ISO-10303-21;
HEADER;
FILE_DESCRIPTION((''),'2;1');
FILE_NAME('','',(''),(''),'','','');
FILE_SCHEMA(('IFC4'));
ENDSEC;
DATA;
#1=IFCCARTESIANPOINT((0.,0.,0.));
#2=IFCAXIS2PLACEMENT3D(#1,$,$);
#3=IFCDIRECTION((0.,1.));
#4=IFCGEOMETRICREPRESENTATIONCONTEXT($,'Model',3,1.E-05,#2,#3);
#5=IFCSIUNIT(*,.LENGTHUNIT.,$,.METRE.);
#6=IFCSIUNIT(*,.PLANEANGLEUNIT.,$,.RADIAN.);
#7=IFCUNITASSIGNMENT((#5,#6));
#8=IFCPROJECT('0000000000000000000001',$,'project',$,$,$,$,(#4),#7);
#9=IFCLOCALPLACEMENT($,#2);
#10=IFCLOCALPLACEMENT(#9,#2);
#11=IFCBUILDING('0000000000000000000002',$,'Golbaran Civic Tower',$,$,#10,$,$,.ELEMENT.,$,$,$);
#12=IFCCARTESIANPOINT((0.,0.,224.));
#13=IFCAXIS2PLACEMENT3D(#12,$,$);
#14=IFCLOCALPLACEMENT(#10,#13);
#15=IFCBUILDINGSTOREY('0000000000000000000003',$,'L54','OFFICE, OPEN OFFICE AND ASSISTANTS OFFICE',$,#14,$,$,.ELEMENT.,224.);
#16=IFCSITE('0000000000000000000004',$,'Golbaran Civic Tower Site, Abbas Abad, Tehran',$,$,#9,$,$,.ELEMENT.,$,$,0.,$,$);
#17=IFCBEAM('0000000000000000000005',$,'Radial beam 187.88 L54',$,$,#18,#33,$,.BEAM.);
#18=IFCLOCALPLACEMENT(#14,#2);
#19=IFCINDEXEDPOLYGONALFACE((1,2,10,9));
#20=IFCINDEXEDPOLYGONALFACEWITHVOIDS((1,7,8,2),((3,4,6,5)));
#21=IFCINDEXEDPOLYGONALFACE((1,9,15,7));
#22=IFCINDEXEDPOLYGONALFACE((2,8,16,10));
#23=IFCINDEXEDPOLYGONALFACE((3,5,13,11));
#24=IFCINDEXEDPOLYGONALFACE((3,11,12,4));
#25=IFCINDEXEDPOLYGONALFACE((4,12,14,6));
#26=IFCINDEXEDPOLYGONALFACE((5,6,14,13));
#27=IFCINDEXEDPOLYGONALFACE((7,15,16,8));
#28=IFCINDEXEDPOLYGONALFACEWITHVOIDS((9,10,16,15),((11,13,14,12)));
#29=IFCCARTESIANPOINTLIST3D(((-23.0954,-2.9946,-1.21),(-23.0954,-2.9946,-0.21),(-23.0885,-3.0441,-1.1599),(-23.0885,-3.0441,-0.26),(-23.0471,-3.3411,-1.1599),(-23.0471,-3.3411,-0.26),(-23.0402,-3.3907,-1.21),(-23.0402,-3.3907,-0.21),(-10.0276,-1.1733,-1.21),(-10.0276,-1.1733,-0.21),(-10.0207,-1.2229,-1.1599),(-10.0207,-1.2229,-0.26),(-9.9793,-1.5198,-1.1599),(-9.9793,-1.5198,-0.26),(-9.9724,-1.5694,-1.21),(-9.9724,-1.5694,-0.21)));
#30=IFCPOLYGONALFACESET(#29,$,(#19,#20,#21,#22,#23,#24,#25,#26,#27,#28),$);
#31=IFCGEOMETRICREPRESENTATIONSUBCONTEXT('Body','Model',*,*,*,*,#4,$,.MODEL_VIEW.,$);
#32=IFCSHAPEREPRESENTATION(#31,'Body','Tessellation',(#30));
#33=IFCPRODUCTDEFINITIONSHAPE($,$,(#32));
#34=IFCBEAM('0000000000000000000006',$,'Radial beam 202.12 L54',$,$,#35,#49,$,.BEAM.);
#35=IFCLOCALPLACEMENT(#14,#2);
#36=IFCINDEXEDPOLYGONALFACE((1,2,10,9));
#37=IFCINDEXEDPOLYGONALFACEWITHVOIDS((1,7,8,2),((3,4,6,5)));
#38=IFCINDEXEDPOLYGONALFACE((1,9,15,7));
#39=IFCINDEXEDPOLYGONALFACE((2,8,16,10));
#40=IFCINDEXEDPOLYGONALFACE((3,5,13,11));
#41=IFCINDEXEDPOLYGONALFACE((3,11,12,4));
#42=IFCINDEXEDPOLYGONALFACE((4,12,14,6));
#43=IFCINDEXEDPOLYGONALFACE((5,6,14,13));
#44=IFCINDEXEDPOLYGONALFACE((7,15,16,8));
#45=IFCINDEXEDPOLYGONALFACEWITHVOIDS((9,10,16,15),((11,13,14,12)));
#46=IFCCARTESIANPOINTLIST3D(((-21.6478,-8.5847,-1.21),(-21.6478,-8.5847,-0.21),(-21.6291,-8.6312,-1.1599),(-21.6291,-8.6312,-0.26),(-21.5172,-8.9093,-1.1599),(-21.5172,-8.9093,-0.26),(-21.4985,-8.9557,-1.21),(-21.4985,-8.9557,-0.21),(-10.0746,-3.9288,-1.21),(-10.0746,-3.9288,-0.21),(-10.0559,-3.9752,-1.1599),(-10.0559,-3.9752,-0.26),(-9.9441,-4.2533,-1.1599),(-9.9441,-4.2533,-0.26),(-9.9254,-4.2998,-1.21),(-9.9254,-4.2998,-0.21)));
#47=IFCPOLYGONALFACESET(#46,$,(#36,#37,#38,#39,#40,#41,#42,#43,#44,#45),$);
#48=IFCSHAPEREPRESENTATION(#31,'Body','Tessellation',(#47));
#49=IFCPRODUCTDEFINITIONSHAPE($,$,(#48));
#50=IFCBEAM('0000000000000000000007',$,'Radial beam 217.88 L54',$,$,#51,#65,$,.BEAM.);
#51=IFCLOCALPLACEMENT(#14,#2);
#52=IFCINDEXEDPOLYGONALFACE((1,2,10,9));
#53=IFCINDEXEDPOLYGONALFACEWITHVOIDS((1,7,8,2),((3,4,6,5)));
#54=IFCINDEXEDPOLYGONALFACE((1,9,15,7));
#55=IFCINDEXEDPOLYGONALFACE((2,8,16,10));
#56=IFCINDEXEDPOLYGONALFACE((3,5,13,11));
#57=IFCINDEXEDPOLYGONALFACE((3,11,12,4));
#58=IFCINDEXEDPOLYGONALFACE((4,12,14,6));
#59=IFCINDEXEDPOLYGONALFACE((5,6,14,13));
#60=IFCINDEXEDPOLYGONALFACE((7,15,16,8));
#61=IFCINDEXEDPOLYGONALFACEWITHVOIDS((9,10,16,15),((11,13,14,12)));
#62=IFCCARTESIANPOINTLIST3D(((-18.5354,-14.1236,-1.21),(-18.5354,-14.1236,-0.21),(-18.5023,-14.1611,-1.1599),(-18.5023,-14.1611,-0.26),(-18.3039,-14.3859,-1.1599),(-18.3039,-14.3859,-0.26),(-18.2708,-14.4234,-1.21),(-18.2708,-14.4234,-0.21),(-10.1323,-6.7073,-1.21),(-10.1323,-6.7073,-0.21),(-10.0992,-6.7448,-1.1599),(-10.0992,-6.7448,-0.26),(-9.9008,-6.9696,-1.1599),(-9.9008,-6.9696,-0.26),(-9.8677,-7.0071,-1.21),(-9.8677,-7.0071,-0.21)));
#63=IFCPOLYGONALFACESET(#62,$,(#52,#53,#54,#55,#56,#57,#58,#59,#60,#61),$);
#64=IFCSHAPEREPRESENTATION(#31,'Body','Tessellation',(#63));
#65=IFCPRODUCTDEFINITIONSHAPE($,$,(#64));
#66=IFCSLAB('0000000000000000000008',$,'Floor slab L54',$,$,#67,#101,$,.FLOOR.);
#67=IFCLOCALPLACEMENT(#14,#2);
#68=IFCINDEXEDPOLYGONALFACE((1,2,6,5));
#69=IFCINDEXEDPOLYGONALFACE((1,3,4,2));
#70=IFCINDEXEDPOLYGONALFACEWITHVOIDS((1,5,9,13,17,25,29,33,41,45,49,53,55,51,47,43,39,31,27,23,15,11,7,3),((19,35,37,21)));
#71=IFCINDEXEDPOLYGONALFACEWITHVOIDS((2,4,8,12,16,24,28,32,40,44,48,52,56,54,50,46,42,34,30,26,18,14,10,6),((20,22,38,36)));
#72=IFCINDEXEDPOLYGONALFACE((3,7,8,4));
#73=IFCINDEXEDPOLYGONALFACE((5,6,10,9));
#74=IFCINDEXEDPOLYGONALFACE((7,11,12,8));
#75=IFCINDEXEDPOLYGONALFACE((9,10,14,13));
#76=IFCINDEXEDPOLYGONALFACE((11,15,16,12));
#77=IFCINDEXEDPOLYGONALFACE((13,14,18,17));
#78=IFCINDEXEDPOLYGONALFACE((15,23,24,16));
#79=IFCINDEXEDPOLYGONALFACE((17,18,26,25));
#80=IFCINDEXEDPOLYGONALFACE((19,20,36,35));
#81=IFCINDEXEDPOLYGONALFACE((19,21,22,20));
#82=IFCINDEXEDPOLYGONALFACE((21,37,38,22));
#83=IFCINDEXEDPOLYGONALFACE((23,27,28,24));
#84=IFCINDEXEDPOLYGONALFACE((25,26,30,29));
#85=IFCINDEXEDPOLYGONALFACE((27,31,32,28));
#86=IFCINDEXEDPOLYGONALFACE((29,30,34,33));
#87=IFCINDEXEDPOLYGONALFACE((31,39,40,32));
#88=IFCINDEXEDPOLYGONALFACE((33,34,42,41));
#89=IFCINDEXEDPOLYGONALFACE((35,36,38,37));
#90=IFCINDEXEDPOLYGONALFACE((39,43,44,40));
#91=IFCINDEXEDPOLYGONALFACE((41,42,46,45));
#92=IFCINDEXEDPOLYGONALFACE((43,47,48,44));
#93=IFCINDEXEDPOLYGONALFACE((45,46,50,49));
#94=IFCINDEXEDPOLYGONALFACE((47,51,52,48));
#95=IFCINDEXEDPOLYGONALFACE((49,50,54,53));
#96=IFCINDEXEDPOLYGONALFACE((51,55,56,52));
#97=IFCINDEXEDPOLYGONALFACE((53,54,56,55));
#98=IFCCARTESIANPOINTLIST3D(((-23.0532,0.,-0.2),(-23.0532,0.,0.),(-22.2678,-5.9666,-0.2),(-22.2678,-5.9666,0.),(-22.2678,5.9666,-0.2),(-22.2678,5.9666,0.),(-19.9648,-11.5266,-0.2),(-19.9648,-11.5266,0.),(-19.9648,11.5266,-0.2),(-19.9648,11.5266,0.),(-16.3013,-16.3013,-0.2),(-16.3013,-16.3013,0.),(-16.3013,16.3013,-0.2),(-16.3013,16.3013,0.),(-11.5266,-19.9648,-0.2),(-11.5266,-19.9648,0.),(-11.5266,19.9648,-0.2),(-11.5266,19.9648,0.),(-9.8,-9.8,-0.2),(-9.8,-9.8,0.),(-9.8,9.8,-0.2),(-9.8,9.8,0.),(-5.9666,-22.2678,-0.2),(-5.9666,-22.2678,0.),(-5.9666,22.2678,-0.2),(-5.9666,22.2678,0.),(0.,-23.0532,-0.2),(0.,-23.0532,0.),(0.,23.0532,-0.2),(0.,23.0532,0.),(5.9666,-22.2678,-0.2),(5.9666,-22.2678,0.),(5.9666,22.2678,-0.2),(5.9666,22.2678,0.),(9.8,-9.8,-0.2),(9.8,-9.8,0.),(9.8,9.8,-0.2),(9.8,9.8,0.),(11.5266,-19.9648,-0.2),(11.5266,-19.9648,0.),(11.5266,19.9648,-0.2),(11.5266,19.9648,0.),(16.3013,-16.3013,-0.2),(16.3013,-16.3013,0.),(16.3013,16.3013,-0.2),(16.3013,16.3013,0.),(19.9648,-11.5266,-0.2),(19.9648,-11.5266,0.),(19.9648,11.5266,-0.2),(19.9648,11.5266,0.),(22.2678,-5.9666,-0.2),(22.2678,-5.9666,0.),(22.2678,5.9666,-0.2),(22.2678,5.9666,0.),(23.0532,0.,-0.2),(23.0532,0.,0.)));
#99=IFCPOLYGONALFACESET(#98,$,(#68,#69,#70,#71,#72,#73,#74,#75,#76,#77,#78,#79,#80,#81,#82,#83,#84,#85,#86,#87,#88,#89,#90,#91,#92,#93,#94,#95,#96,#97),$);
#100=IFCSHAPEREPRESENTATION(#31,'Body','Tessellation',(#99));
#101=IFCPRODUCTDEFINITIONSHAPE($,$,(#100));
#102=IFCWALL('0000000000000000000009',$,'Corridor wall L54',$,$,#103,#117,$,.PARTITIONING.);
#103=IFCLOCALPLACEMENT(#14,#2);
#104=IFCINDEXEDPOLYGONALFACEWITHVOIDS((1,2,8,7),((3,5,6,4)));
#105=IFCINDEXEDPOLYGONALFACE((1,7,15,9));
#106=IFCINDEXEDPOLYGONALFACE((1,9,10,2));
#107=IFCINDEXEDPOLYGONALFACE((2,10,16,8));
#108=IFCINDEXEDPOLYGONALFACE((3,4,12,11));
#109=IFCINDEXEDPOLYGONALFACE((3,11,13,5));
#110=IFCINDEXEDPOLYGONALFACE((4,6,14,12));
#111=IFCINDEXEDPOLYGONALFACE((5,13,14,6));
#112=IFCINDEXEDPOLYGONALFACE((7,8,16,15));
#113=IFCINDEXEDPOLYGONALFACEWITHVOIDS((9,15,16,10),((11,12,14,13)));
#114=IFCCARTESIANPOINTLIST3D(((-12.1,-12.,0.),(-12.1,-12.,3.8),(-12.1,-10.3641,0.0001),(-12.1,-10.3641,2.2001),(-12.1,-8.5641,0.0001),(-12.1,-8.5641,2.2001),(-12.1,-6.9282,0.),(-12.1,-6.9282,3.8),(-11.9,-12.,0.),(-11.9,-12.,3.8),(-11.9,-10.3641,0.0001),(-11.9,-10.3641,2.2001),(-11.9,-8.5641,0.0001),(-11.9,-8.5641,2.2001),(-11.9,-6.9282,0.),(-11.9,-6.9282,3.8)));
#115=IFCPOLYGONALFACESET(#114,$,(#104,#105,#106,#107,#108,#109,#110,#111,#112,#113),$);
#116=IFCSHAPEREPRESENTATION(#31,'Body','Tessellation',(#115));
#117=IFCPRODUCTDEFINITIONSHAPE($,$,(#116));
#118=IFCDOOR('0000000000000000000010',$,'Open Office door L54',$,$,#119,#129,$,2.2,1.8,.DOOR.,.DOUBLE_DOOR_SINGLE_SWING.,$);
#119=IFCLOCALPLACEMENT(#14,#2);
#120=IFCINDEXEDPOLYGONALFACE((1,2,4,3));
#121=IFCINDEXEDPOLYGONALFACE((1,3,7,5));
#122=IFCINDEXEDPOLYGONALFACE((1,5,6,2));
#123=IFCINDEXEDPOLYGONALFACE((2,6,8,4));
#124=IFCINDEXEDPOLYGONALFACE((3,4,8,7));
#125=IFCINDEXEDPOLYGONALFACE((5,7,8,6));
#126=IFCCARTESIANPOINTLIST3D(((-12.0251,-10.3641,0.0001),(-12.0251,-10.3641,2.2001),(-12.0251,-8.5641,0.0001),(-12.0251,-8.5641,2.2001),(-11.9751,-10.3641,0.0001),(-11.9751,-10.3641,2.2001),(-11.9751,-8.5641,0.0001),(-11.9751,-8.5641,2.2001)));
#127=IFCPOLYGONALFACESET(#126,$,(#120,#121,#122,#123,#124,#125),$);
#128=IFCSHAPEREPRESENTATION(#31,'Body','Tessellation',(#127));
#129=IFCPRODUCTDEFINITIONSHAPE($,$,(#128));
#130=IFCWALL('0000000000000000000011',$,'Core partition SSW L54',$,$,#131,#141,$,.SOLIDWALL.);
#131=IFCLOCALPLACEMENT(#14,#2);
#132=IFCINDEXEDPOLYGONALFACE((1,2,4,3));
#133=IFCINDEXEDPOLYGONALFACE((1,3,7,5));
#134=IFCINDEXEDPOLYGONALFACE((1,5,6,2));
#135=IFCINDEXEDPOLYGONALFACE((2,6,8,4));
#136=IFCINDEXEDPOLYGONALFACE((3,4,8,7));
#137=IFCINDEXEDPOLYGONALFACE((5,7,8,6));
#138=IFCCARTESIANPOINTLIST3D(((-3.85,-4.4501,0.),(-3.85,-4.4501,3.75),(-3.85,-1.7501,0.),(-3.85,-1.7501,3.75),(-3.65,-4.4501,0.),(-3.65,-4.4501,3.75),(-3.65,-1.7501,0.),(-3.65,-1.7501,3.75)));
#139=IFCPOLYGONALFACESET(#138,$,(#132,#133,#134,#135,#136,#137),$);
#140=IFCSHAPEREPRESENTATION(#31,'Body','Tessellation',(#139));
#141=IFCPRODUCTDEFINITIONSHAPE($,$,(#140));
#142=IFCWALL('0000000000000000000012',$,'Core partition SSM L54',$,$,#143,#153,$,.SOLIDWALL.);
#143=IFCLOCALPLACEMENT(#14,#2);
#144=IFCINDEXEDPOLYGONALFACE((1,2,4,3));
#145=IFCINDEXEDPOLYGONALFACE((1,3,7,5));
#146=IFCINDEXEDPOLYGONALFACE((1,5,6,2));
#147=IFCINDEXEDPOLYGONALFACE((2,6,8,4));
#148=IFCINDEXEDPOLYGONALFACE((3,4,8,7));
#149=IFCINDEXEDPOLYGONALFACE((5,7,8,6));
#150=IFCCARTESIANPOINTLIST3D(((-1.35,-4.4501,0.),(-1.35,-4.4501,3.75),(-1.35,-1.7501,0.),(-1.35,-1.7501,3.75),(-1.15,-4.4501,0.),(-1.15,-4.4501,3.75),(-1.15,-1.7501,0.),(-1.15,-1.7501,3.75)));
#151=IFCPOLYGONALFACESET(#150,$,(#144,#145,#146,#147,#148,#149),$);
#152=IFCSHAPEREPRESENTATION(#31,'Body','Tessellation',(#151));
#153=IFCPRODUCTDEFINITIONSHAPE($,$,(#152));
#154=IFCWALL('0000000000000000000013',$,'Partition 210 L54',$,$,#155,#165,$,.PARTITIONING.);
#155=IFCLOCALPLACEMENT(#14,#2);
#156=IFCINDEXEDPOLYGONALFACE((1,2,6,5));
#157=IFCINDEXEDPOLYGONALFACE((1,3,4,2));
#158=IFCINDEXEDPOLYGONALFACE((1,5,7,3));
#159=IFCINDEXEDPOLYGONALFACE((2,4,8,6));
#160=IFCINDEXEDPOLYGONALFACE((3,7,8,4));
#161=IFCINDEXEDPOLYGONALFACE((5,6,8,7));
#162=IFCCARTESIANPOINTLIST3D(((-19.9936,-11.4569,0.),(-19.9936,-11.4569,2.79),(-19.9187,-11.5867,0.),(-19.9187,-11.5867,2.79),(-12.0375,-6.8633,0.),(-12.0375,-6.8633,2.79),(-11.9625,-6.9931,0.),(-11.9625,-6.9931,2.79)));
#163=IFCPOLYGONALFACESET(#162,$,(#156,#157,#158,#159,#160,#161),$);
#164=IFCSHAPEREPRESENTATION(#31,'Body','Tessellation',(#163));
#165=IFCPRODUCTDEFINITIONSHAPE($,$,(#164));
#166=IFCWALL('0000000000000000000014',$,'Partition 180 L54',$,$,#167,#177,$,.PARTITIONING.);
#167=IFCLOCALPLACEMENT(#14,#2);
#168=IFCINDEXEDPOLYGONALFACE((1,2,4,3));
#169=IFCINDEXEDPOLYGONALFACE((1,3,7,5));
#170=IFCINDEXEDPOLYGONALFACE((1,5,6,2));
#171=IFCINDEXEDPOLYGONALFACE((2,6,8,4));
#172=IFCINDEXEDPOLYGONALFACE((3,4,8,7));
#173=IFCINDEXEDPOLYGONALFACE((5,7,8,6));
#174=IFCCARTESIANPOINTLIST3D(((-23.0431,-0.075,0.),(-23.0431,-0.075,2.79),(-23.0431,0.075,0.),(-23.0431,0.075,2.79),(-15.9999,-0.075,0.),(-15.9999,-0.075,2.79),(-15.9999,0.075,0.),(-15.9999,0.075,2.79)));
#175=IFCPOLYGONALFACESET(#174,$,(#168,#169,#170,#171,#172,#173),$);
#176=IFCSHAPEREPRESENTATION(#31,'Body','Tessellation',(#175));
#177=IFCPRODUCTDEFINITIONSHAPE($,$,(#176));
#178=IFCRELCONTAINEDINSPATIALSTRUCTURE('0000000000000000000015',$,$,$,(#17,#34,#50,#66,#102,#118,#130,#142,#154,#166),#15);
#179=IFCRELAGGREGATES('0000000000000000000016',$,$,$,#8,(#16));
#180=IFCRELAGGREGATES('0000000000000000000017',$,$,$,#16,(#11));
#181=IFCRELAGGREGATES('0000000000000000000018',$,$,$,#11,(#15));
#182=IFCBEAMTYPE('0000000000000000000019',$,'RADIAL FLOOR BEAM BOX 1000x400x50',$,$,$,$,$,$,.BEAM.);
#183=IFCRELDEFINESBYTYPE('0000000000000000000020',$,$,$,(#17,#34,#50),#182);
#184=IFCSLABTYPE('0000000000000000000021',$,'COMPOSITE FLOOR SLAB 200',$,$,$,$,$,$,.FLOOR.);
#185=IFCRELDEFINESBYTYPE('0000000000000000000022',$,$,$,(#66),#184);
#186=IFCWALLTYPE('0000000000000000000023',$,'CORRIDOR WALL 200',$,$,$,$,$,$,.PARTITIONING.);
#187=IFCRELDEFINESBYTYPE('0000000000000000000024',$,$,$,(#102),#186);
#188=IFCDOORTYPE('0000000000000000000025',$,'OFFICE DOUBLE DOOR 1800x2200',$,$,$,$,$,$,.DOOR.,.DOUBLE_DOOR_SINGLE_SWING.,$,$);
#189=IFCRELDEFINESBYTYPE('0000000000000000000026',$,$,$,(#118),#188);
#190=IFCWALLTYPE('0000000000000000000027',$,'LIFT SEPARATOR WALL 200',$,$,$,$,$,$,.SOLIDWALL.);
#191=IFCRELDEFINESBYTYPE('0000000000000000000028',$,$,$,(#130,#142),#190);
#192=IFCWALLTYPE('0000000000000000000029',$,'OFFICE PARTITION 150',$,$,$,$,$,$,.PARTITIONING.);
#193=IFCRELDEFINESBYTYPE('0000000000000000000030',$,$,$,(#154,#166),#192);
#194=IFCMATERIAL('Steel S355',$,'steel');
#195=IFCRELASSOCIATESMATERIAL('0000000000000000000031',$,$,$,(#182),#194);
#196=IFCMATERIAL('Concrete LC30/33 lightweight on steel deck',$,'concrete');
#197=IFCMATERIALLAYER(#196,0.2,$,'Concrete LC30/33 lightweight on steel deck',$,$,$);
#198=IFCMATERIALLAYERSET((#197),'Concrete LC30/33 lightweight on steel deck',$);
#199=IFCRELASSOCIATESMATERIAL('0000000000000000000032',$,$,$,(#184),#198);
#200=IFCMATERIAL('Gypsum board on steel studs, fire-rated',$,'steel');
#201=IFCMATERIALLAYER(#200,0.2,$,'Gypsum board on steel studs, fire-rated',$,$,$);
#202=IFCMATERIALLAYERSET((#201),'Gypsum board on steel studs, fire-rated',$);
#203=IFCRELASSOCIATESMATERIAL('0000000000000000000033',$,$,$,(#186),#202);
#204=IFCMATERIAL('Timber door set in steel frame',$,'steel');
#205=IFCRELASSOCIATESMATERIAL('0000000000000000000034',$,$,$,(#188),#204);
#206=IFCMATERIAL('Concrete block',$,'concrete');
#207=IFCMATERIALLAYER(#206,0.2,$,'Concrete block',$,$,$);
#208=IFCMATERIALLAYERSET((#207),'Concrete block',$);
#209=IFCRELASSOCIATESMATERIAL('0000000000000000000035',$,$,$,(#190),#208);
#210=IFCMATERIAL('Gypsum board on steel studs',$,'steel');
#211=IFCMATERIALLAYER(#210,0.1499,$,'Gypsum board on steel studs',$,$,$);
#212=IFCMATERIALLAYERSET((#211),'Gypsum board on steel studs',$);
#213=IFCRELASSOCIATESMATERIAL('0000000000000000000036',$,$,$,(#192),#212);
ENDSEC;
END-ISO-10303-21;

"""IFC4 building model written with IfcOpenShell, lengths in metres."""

from ifc_helpers import new_model, si_unit, direction, frame, frame_2d, origin, origin_2d, place, context, subcontext, project, spatial, polyline, rectangle, hollow_rectangle, outline, extrude, material, layer, layer_set, material_profile, profile_set, type_object, element, fill, save


model = new_model("IFC4")

# Units and contexts
model_context = context("Model", 3, precision=1e-05, world=origin(), true_north=direction((0.0, 1.0)))
body_context = subcontext(model_context, "Body", "Model", "MODEL_VIEW")
ifc_project = project(units=[si_unit("LENGTHUNIT", "METRE"), si_unit("PLANEANGLEUNIT", "RADIAN")], contexts=[model_context])

# Site, building, storey
site_placement = place(None, origin())
site = spatial("IfcSite", under=ifc_project, at=site_placement, Name="Golbaran Civic Tower Site, Abbas Abad, Tehran", CompositionType="ELEMENT", RefElevation=0.0)
building_placement = place(site_placement, origin())
building = spatial("IfcBuilding", under=site, at=building_placement, Name="Golbaran Civic Tower", CompositionType="ELEMENT")
storey_placement = place(building_placement, frame((0.0, 0.0, 224.0)))
storey = spatial("IfcBuildingStorey", under=building, at=storey_placement, Name="L54", Description="OFFICE, OPEN OFFICE AND ASSISTANTS OFFICE", CompositionType="ELEMENT", Elevation=224.0)

# Beams
ifc_material_1 = material(Name="Steel S355", Category="steel")
ifc_material_profile_1 = material_profile(ifc_material_1, hollow_rectangle(XDim=0.3999, YDim=1.0, WallThickness=0.05, at=origin_2d()), Name="BOX 1000x400x50")
ifc_profile_set_1 = profile_set([ifc_material_profile_1], Name="Steel S355")
beam_type_1 = type_object("IfcBeamType", Name="RADIAL FLOOR BEAM BOX 1000x400x50", PredefinedType="BEAM", material=ifc_profile_set_1)
beam_1_placement = place(storey_placement, frame((-10.0, -1.3713, -0.71), z_axis=(-0.990427, -0.138037, 0.0), x_axis=(0.138037, -0.990427, 0.0)))
element("IfcBeam", 1, at=beam_1_placement, inside=storey, type_object=beam_type_1, Name="Radial beam 187.88 L54", PredefinedType="BEAM", context=body_context, shape_type="SweptSolid", body=[
    extrude(hollow_rectangle(XDim=0.3999, YDim=1.0, WallThickness=0.05, at=origin_2d()), origin(), (0.0, 0.0, 1.0), 13.1941),
])
beam_2_placement = place(storey_placement, frame((-10.0, -4.1143, -0.71), z_axis=(-0.927737, -0.373236, 0.0), x_axis=(0.373236, -0.927737, 0.0)))
element("IfcBeam", 2, at=beam_2_placement, inside=storey, type_object=beam_type_1, Name="Radial beam 202.12 L54", PredefinedType="BEAM", context=body_context, shape_type="SweptSolid", body=[
    extrude(hollow_rectangle(XDim=0.3999, YDim=1.0, WallThickness=0.05, at=origin_2d()), origin(), (0.0, 0.0, 1.0), 12.4746),
])
beam_3_placement = place(storey_placement, frame((-10.0, -6.8572, -0.71), z_axis=(-0.749759, -0.661711, 0.0), x_axis=(0.661711, -0.749759, 0.0)))
element("IfcBeam", 3, at=beam_3_placement, inside=storey, type_object=beam_type_1, Name="Radial beam 217.88 L54", PredefinedType="BEAM", context=body_context, shape_type="SweptSolid", body=[
    extrude(hollow_rectangle(XDim=0.3999, YDim=1.0, WallThickness=0.05, at=origin_2d()), origin(), (0.0, 0.0, 1.0), 11.2078),
])

# Slab
ifc_material_2 = material(Name="Concrete LC30/33 lightweight on steel deck", Category="concrete")
ifc_layer_1 = layer(ifc_material_2, 0.2, Name="Concrete LC30/33 lightweight on steel deck")
ifc_layer_set_1 = layer_set([ifc_layer_1], Name="Concrete LC30/33 lightweight on steel deck")
slab_type = type_object("IfcSlabType", Name="COMPOSITE FLOOR SLAB 200", PredefinedType="FLOOR", material=ifc_layer_set_1)
slab_placement = place(storey_placement, frame((0.0, 0.0, -0.2)))
element("IfcSlab", 4, at=slab_placement, inside=storey, type_object=slab_type, Name="Floor slab L54", PredefinedType="FLOOR", context=body_context, shape_type="SweptSolid", body=[
    extrude(outline(polyline([(19.9648, -11.5266), (16.3013, -16.3013), (11.5266, -19.9648), (5.9666, -22.2678), (0.0, -23.0532), (-5.9666, -22.2678), (-11.5266, -19.9648), (-16.3013, -16.3013), (-19.9648, -11.5266), (-22.2678, -5.9666), (-23.0532, 0.0), (-22.2678, 5.9666), (-19.9648, 11.5266), (-16.3013, 16.3013), (-11.5266, 19.9648), (-5.9666, 22.2678), (0.0, 23.0532), (5.9666, 22.2678), (11.5266, 19.9648), (16.3013, 16.3013), (19.9648, 11.5266), (22.2678, 5.9666), (23.0532, 0.0), (22.2678, -5.9666), (19.9648, -11.5266)]), holes=[polyline([(-9.8, 9.8), (-9.8, -9.8), (9.8, -9.8), (9.8, 9.8), (-9.8, 9.8)])]), origin(), (0.0, 0.0, 1.0), 0.2),
])

# Wall, opening, door
ifc_material_3 = material(Name="Gypsum board on steel studs, fire-rated", Category="steel")
ifc_layer_2 = layer(ifc_material_3, 0.2, Name="Gypsum board on steel studs, fire-rated")
ifc_layer_set_2 = layer_set([ifc_layer_2], Name="Gypsum board on steel studs, fire-rated")
wall_type_1 = type_object("IfcWallType", Name="CORRIDOR WALL 200", PredefinedType="PARTITIONING", material=ifc_layer_set_2)
wall_1_placement = place(storey_placement, frame((-12.0, -6.9282, 0.0), z_axis=(0.0, 0.0, 1.0), x_axis=(0.0, -1.0, 0.0)))
wall_1 = element("IfcWall", 5, at=wall_1_placement, inside=storey, type_object=wall_type_1, Name="Corridor wall L54", PredefinedType="PARTITIONING", context=body_context, shape_type="SweptSolid", body=[
    extrude(rectangle(XDim=5.0718, YDim=0.2, at=frame_2d((2.5359, 0.0))), origin(), (0.0, 0.0, 1.0), 3.8),
])
opening_1_placement = place(wall_1_placement, frame((1.636, 0.0, 0.0)))
opening_1 = element("IfcOpeningElement", 6, at=opening_1_placement, cuts=wall_1, PredefinedType="OPENING", context=body_context, shape_type="SweptSolid", body=[
    extrude(rectangle(XDim=1.8, YDim=2.2, at=frame_2d((0.8999, 1.1001))), frame((0.0, 0.1099, 0.0), z_axis=(0.0, -1.0, 0.0), x_axis=(1.0, 0.0, 0.0)), (0.0, 0.0, 1.0), 0.22),
])
ifc_material_4 = material(Name="Timber door set in steel frame", Category="steel")
door_type_1 = type_object("IfcDoorType", Name="OFFICE DOUBLE DOOR 1800x2200", OperationType="DOUBLE_DOOR_SINGLE_SWING", PredefinedType="DOOR", material=ifc_material_4)
door_1_placement = place(opening_1_placement, origin())
door_1 = element("IfcDoor", 7, at=door_1_placement, inside=storey, type_object=door_type_1, Name="Open Office door L54", OperationType="DOUBLE_DOOR_SINGLE_SWING", OverallHeight=2.2, OverallWidth=1.8, PredefinedType="DOOR", context=body_context, shape_type="SweptSolid", body=[
    extrude(rectangle(XDim=1.8, YDim=2.2, at=frame_2d((0.8999, 1.1001))), frame((0.0, 0.0249, 0.0), z_axis=(0.0, -1.0, 0.0), x_axis=(1.0, 0.0, 0.0)), (0.0, 0.0, 1.0), 0.05),
])
fill(opening_1, door_1)

# Walls
ifc_material_5 = material(Name="Concrete block", Category="concrete")
ifc_layer_3 = layer(ifc_material_5, 0.2, Name="Concrete block")
ifc_layer_set_3 = layer_set([ifc_layer_3], Name="Concrete block")
wall_type_2 = type_object("IfcWallType", Name="LIFT SEPARATOR WALL 200", PredefinedType="SOLIDWALL", material=ifc_layer_set_3)
for number, where, z_axis, x_axis, name in (
    (8, (-3.75, -1.75, 0.0), (0.0, 0.0, 1.0), (0.0, -1.0, 0.0), "Core partition SSW L54"),
    (9, (-1.25, -1.75, 0.0), (0.0, 0.0, 1.0), (0.0, -1.0, 0.0), "Core partition SSM L54"),
):
    element("IfcWall", number, at=place(storey_placement, frame(where, z_axis=z_axis, x_axis=x_axis)), inside=storey, type_object=wall_type_2, Name=name, PredefinedType="SOLIDWALL", context=body_context, shape_type="SweptSolid", body=[
        extrude(rectangle(XDim=2.7, YDim=0.2, at=frame_2d((1.3501, 0.0))), origin(), (0.0, 0.0, 1.0), 3.75),
    ])
ifc_material_6 = material(Name="Gypsum board on steel studs", Category="steel")
ifc_layer_4 = layer(ifc_material_6, 0.1499, Name="Gypsum board on steel studs")
ifc_layer_set_4 = layer_set([ifc_layer_4], Name="Gypsum board on steel studs")
wall_type_3 = type_object("IfcWallType", Name="OFFICE PARTITION 150", PredefinedType="PARTITIONING", material=ifc_layer_set_4)
wall_2_placement = place(storey_placement, frame((-12.0, -6.9282, 0.0), z_axis=(0.0, 0.0, 1.0), x_axis=(-0.866022, -0.500006, 0.0)))
element("IfcWall", 10, at=wall_2_placement, inside=storey, type_object=wall_type_3, Name="Partition 210 L54", PredefinedType="PARTITIONING", context=body_context, shape_type="SweptSolid", body=[
    extrude(rectangle(XDim=9.187, YDim=0.1499, at=frame_2d((4.5935, 0.0))), origin(), (0.0, 0.0, 1.0), 2.79),
])
wall_3_placement = place(storey_placement, frame((-16.0, 0.0, 0.0), z_axis=(0.0, 0.0, 1.0), x_axis=(-1.0, 0.0, 0.0)))
element("IfcWall", 11, at=wall_3_placement, inside=storey, type_object=wall_type_3, Name="Partition 180 L54", PredefinedType="PARTITIONING", context=body_context, shape_type="SweptSolid", body=[
    extrude(rectangle(XDim=7.0432, YDim=0.1499, at=frame_2d((3.5215, 0.0))), origin(), (0.0, 0.0, 1.0), 2.79),
])

save(model, "model.ifc")
